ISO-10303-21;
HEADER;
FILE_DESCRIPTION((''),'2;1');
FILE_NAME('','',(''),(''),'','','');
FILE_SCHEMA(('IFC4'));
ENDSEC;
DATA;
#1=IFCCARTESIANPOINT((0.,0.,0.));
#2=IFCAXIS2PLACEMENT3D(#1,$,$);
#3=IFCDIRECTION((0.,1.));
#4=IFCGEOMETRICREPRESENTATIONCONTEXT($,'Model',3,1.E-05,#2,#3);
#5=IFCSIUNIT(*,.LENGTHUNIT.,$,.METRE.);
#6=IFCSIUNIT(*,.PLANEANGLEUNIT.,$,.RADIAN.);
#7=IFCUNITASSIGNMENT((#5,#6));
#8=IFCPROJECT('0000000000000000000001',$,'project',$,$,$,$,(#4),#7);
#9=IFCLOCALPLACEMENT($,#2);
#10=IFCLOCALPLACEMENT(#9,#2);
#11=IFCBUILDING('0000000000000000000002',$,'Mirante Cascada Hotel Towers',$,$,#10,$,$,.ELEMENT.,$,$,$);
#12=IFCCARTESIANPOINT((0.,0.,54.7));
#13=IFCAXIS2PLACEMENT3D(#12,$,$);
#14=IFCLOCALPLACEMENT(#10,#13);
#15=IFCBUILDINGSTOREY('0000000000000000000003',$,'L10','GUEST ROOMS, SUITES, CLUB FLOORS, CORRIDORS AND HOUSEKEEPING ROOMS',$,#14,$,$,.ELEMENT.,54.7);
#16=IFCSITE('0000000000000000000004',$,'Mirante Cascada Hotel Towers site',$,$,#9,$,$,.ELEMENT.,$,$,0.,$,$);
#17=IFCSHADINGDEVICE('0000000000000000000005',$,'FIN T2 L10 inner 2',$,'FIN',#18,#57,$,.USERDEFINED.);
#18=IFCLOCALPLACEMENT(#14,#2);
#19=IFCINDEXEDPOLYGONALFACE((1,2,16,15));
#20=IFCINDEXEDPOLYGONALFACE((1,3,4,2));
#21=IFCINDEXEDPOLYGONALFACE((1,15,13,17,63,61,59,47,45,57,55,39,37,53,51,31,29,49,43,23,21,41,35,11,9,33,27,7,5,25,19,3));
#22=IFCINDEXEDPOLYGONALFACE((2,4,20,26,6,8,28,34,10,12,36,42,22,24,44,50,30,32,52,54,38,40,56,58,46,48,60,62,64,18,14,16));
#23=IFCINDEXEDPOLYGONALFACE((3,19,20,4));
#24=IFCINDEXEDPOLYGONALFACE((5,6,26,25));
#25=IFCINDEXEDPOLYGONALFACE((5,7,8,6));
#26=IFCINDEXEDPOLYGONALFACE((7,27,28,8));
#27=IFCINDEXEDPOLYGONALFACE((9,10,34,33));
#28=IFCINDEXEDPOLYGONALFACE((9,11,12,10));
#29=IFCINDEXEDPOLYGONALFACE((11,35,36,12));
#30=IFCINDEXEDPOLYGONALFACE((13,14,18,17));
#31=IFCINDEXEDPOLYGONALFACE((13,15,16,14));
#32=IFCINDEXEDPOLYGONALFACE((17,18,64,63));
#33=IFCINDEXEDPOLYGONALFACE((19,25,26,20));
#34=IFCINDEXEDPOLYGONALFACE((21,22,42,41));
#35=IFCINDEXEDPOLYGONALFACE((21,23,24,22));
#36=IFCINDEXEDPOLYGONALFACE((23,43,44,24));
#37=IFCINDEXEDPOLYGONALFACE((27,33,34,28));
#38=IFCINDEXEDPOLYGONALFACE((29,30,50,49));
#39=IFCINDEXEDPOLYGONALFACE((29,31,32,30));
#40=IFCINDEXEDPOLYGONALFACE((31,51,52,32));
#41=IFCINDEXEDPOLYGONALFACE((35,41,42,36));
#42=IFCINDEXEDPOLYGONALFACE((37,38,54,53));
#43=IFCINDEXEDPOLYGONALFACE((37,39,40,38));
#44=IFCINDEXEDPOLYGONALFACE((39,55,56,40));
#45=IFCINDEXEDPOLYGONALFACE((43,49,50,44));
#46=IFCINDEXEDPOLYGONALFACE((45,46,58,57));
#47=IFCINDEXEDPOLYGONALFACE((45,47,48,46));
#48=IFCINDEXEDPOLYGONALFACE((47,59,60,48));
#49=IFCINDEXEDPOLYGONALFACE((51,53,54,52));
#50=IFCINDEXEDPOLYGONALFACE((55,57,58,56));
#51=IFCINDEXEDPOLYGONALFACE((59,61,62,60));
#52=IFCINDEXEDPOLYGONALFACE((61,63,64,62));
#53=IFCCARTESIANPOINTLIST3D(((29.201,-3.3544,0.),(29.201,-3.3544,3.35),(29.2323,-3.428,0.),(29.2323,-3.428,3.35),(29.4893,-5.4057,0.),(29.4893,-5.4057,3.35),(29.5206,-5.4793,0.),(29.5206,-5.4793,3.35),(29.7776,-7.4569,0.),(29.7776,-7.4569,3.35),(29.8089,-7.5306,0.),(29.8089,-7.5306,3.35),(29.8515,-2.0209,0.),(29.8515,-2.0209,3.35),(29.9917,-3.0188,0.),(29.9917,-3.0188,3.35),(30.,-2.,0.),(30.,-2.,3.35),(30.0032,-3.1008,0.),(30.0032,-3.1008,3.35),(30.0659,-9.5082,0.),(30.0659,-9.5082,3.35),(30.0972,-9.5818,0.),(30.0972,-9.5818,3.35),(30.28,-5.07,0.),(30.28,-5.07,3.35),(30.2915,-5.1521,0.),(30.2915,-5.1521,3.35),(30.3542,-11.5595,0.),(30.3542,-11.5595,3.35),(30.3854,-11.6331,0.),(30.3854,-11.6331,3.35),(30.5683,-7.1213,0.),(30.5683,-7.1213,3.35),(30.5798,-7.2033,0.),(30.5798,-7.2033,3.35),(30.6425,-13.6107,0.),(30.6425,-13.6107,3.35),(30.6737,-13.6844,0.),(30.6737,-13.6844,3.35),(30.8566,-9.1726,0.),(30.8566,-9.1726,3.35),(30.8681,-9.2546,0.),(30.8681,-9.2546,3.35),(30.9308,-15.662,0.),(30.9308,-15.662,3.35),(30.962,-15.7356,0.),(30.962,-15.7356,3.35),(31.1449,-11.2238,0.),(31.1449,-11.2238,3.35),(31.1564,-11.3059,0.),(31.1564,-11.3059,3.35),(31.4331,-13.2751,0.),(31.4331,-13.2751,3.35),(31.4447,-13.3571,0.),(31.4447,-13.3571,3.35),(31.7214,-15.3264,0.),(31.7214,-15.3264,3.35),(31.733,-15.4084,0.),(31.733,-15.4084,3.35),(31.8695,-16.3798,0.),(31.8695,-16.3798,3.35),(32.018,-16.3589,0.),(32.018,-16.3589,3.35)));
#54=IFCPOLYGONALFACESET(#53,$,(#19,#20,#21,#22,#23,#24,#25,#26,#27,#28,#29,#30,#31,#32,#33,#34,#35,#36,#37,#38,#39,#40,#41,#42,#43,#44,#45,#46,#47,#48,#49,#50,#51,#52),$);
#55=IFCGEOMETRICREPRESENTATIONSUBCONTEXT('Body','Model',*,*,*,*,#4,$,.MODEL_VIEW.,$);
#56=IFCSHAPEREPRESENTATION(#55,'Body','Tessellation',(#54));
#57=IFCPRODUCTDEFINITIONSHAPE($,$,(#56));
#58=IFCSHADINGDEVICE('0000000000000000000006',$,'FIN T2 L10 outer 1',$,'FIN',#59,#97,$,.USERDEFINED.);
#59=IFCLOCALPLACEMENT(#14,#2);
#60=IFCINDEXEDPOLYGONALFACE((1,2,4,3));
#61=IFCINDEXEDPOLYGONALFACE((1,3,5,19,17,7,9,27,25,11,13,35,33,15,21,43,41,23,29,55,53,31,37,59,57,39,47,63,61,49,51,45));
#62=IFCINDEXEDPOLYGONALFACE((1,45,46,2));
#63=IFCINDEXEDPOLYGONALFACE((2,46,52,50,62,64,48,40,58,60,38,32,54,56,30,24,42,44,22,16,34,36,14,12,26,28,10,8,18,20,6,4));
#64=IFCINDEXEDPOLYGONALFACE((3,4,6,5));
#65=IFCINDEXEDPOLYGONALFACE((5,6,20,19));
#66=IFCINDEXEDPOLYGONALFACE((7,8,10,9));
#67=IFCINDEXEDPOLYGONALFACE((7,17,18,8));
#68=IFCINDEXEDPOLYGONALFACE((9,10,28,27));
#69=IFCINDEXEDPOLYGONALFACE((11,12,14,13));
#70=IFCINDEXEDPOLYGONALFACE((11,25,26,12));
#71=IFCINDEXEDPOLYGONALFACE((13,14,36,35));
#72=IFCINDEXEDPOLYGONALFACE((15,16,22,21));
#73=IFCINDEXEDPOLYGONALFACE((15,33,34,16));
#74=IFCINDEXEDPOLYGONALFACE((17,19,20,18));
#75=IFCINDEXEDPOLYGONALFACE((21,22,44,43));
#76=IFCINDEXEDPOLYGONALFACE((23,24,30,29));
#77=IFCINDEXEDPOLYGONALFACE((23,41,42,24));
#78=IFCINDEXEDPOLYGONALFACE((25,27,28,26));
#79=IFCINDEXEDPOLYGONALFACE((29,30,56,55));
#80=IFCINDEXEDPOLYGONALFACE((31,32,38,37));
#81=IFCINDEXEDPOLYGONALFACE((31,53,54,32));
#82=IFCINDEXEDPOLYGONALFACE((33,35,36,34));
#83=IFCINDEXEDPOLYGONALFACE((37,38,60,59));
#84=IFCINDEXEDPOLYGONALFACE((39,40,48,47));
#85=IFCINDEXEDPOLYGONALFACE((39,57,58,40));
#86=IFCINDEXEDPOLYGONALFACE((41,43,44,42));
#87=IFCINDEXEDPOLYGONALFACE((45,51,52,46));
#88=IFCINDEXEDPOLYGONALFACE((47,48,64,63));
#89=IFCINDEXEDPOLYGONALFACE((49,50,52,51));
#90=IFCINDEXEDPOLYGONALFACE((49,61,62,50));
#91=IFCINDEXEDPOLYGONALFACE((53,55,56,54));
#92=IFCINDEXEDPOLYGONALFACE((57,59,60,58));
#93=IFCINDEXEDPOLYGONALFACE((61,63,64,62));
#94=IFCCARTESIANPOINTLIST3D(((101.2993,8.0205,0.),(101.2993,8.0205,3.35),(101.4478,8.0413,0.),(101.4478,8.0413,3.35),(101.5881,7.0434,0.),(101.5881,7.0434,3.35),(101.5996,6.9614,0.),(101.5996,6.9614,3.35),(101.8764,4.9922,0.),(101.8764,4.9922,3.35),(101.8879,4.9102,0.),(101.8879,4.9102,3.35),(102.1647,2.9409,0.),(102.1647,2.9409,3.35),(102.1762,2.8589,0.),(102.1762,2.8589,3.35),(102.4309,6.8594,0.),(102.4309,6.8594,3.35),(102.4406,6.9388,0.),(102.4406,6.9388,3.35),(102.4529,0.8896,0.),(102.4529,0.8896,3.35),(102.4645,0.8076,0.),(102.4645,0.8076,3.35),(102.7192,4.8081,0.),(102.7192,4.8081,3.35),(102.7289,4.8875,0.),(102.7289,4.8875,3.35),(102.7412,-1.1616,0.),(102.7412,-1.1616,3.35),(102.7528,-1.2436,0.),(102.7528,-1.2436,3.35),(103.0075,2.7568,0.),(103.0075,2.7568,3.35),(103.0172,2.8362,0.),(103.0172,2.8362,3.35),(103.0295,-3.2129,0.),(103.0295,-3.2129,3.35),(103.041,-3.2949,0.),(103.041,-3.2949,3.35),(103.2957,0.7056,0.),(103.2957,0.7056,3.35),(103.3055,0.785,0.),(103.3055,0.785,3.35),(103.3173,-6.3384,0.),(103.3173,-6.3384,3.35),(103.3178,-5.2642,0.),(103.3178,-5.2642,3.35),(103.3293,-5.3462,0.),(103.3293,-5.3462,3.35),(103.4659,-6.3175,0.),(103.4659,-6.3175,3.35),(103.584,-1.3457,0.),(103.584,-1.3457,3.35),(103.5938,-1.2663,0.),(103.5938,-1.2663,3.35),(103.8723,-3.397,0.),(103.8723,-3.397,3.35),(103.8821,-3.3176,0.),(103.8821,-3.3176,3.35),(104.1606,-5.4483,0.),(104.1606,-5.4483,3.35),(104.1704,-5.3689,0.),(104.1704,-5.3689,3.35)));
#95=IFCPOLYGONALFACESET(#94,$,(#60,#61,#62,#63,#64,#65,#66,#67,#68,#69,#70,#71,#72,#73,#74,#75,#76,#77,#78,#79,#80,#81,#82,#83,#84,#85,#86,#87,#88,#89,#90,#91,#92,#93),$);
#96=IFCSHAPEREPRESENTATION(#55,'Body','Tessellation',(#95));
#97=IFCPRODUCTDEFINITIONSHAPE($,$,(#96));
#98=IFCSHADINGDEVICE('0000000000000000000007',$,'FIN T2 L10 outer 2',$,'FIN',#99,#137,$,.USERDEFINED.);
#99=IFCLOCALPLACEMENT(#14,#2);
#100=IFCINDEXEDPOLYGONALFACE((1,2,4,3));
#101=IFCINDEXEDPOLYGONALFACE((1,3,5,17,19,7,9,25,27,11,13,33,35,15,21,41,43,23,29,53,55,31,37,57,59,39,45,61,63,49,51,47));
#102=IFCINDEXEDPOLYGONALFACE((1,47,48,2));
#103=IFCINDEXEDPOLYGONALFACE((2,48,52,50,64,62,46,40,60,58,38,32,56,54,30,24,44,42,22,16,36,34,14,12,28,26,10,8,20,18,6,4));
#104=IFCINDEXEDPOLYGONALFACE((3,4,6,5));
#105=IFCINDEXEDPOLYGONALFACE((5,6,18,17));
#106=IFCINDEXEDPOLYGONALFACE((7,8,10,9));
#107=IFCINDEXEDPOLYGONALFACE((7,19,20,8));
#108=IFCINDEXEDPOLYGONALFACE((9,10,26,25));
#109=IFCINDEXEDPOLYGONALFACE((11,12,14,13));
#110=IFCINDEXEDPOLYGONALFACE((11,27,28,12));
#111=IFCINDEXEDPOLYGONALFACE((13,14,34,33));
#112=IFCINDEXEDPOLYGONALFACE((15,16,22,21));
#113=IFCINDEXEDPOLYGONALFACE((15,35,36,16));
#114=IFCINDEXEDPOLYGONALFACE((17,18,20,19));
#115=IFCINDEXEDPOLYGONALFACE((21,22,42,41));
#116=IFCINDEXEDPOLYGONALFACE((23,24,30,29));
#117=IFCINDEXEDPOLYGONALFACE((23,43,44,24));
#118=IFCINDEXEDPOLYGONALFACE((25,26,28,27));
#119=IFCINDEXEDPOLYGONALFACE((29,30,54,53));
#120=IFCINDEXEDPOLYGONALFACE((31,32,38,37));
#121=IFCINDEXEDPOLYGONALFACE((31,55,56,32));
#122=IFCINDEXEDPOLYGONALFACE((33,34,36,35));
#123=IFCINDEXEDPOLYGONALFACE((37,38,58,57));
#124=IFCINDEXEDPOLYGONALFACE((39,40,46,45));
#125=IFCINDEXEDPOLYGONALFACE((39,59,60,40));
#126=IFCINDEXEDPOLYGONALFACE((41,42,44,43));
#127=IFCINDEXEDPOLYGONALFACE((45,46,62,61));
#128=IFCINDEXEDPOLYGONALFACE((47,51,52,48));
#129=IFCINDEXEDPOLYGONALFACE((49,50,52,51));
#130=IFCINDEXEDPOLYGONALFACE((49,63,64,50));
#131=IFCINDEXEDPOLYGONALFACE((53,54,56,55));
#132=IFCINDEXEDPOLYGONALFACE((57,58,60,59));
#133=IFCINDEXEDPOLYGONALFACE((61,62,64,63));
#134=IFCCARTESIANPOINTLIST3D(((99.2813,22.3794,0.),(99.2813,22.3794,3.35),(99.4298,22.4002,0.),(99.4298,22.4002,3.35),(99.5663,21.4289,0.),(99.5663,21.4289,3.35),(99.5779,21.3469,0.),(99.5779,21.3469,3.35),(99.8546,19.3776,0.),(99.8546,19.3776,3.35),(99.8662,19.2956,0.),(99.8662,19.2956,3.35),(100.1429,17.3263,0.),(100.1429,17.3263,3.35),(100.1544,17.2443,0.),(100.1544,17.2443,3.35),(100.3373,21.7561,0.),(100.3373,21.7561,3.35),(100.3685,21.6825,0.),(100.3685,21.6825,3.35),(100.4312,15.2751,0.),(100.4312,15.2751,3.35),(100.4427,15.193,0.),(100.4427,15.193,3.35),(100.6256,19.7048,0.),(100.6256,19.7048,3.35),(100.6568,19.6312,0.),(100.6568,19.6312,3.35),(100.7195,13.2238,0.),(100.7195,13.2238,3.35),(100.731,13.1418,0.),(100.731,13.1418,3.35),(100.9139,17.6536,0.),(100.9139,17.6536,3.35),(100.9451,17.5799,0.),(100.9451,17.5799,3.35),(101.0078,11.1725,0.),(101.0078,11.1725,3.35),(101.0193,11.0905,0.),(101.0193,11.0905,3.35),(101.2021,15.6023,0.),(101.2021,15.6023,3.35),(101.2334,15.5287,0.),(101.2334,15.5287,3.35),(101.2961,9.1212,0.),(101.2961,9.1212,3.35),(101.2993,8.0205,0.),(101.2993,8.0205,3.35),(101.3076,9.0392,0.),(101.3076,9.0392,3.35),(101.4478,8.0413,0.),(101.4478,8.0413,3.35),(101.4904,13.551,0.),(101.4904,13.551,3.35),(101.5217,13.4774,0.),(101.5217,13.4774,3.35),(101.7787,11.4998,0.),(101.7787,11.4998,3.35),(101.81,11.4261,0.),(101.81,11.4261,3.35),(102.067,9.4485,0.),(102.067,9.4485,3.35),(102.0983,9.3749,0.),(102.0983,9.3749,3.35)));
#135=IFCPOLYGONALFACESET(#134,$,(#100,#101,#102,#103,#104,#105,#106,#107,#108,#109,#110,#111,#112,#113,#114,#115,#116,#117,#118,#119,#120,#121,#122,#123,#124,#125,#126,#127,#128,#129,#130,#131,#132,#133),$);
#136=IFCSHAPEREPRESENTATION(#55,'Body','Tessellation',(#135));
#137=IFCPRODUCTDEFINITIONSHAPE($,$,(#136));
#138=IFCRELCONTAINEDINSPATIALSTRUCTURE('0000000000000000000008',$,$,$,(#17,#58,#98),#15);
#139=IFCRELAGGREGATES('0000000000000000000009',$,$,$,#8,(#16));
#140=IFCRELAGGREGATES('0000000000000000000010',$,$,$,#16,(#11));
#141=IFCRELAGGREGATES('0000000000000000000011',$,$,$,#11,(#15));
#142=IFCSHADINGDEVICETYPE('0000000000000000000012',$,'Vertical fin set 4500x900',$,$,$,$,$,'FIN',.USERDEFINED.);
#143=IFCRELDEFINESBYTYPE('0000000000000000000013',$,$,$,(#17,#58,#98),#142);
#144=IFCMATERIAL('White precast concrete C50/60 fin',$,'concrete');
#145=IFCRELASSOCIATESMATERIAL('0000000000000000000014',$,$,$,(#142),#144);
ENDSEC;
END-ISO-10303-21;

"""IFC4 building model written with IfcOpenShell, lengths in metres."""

from ifc_helpers import new_model, si_unit, direction, frame, origin, place, context, subcontext, project, spatial, polyline, outline, extrude, material, type_object, element, save


model = new_model("IFC4")

# Units and contexts
model_context = context("Model", 3, precision=1e-05, world=origin(), true_north=direction((0.0, 1.0)))
body_context = subcontext(model_context, "Body", "Model", "MODEL_VIEW")
ifc_project = project(units=[si_unit("LENGTHUNIT", "METRE"), si_unit("PLANEANGLEUNIT", "RADIAN")], contexts=[model_context])

# Site, building, storey
site_placement = place(None, origin())
site = spatial("IfcSite", under=ifc_project, at=site_placement, Name="Mirante Cascada Hotel Towers site", CompositionType="ELEMENT", RefElevation=0.0)
building_placement = place(site_placement, origin())
building = spatial("IfcBuilding", under=site, at=building_placement, Name="Mirante Cascada Hotel Towers", CompositionType="ELEMENT")
storey_placement = place(building_placement, frame((0.0, 0.0, 54.7)))
storey = spatial("IfcBuildingStorey", under=building, at=storey_placement, Name="L10", Description="GUEST ROOMS, SUITES, CLUB FLOORS, CORRIDORS AND HOUSEKEEPING ROOMS", CompositionType="ELEMENT", Elevation=54.7)

# Shading devices
ifc_material_1 = material(Name="White precast concrete C50/60 fin", Category="concrete")
shading_device_type = type_object("IfcShadingDeviceType", Name="Vertical fin set 4500x900", ElementType="FIN", PredefinedType="USERDEFINED", material=ifc_material_1)
shading_device_1_placement = place(storey_placement, origin())
element("IfcShadingDevice", 1, at=shading_device_1_placement, inside=storey, type_object=shading_device_type, Name="FIN T2 L10 inner 2", ObjectType="FIN", PredefinedType="USERDEFINED", context=body_context, shape_type="SweptSolid", body=[
    extrude(outline(polyline([(30.9308, -15.662), (31.7214, -15.3264), (31.4447, -13.3571), (30.6737, -13.6844), (30.6425, -13.6107), (31.4331, -13.2751), (31.1564, -11.3059), (30.3854, -11.6331), (30.3542, -11.5595), (31.1449, -11.2238), (30.8681, -9.2546), (30.0972, -9.5818), (30.0659, -9.5082), (30.8566, -9.1726), (30.5798, -7.2033), (29.8089, -7.5306), (29.7776, -7.4569), (30.5683, -7.1213), (30.2915, -5.1521), (29.5206, -5.4793), (29.4893, -5.4057), (30.28, -5.07), (30.0032, -3.1008), (29.2323, -3.428), (29.201, -3.3544), (29.9917, -3.0188), (29.8515, -2.0209), (30.0, -2.0), (32.018, -16.3589), (31.8695, -16.3798), (31.733, -15.4084), (30.962, -15.7356), (30.9308, -15.662)])), origin(), (0.0, 0.0, 1.0), 3.35),
])
shading_device_2_placement = place(storey_placement, origin())
element("IfcShadingDevice", 2, at=shading_device_2_placement, inside=storey, type_object=shading_device_type, Name="FIN T2 L10 outer 1", ObjectType="FIN", PredefinedType="USERDEFINED", context=body_context, shape_type="SweptSolid", body=[
    extrude(outline(polyline([(104.1606, -5.4483), (103.3293, -5.3462), (103.4659, -6.3175), (103.3173, -6.3384), (101.2993, 8.0205), (101.4478, 8.0413), (101.5881, 7.0434), (102.4406, 6.9388), (102.4309, 6.8594), (101.5996, 6.9614), (101.8764, 4.9922), (102.7289, 4.8875), (102.7192, 4.8081), (101.8879, 4.9102), (102.1647, 2.9409), (103.0172, 2.8362), (103.0075, 2.7568), (102.1762, 2.8589), (102.4529, 0.8896), (103.3055, 0.785), (103.2957, 0.7056), (102.4645, 0.8076), (102.7412, -1.1616), (103.5938, -1.2663), (103.584, -1.3457), (102.7528, -1.2436), (103.0295, -3.2129), (103.8821, -3.3176), (103.8723, -3.397), (103.041, -3.2949), (103.3178, -5.2642), (104.1704, -5.3689), (104.1606, -5.4483)])), origin(), (0.0, 0.0, 1.0), 3.35),
])
shading_device_3_placement = place(storey_placement, origin())
element("IfcShadingDevice", 3, at=shading_device_3_placement, inside=storey, type_object=shading_device_type, Name="FIN T2 L10 outer 2", ObjectType="FIN", PredefinedType="USERDEFINED", context=body_context, shape_type="SweptSolid", body=[
    extrude(outline(polyline([(102.0983, 9.3749), (101.3076, 9.0392), (101.4478, 8.0413), (101.2993, 8.0205), (99.2813, 22.3794), (99.4298, 22.4002), (99.5663, 21.4289), (100.3373, 21.7561), (100.3685, 21.6825), (99.5779, 21.3469), (99.8546, 19.3776), (100.6256, 19.7048), (100.6568, 19.6312), (99.8662, 19.2956), (100.1429, 17.3263), (100.9139, 17.6536), (100.9451, 17.5799), (100.1544, 17.2443), (100.4312, 15.2751), (101.2021, 15.6023), (101.2334, 15.5287), (100.4427, 15.193), (100.7195, 13.2238), (101.4904, 13.551), (101.5217, 13.4774), (100.731, 13.1418), (101.0078, 11.1725), (101.7787, 11.4998), (101.81, 11.4261), (101.0193, 11.0905), (101.2961, 9.1212), (102.067, 9.4485), (102.0983, 9.3749)])), origin(), (0.0, 0.0, 1.0), 3.35),
])

save(model, "model.ifc")
